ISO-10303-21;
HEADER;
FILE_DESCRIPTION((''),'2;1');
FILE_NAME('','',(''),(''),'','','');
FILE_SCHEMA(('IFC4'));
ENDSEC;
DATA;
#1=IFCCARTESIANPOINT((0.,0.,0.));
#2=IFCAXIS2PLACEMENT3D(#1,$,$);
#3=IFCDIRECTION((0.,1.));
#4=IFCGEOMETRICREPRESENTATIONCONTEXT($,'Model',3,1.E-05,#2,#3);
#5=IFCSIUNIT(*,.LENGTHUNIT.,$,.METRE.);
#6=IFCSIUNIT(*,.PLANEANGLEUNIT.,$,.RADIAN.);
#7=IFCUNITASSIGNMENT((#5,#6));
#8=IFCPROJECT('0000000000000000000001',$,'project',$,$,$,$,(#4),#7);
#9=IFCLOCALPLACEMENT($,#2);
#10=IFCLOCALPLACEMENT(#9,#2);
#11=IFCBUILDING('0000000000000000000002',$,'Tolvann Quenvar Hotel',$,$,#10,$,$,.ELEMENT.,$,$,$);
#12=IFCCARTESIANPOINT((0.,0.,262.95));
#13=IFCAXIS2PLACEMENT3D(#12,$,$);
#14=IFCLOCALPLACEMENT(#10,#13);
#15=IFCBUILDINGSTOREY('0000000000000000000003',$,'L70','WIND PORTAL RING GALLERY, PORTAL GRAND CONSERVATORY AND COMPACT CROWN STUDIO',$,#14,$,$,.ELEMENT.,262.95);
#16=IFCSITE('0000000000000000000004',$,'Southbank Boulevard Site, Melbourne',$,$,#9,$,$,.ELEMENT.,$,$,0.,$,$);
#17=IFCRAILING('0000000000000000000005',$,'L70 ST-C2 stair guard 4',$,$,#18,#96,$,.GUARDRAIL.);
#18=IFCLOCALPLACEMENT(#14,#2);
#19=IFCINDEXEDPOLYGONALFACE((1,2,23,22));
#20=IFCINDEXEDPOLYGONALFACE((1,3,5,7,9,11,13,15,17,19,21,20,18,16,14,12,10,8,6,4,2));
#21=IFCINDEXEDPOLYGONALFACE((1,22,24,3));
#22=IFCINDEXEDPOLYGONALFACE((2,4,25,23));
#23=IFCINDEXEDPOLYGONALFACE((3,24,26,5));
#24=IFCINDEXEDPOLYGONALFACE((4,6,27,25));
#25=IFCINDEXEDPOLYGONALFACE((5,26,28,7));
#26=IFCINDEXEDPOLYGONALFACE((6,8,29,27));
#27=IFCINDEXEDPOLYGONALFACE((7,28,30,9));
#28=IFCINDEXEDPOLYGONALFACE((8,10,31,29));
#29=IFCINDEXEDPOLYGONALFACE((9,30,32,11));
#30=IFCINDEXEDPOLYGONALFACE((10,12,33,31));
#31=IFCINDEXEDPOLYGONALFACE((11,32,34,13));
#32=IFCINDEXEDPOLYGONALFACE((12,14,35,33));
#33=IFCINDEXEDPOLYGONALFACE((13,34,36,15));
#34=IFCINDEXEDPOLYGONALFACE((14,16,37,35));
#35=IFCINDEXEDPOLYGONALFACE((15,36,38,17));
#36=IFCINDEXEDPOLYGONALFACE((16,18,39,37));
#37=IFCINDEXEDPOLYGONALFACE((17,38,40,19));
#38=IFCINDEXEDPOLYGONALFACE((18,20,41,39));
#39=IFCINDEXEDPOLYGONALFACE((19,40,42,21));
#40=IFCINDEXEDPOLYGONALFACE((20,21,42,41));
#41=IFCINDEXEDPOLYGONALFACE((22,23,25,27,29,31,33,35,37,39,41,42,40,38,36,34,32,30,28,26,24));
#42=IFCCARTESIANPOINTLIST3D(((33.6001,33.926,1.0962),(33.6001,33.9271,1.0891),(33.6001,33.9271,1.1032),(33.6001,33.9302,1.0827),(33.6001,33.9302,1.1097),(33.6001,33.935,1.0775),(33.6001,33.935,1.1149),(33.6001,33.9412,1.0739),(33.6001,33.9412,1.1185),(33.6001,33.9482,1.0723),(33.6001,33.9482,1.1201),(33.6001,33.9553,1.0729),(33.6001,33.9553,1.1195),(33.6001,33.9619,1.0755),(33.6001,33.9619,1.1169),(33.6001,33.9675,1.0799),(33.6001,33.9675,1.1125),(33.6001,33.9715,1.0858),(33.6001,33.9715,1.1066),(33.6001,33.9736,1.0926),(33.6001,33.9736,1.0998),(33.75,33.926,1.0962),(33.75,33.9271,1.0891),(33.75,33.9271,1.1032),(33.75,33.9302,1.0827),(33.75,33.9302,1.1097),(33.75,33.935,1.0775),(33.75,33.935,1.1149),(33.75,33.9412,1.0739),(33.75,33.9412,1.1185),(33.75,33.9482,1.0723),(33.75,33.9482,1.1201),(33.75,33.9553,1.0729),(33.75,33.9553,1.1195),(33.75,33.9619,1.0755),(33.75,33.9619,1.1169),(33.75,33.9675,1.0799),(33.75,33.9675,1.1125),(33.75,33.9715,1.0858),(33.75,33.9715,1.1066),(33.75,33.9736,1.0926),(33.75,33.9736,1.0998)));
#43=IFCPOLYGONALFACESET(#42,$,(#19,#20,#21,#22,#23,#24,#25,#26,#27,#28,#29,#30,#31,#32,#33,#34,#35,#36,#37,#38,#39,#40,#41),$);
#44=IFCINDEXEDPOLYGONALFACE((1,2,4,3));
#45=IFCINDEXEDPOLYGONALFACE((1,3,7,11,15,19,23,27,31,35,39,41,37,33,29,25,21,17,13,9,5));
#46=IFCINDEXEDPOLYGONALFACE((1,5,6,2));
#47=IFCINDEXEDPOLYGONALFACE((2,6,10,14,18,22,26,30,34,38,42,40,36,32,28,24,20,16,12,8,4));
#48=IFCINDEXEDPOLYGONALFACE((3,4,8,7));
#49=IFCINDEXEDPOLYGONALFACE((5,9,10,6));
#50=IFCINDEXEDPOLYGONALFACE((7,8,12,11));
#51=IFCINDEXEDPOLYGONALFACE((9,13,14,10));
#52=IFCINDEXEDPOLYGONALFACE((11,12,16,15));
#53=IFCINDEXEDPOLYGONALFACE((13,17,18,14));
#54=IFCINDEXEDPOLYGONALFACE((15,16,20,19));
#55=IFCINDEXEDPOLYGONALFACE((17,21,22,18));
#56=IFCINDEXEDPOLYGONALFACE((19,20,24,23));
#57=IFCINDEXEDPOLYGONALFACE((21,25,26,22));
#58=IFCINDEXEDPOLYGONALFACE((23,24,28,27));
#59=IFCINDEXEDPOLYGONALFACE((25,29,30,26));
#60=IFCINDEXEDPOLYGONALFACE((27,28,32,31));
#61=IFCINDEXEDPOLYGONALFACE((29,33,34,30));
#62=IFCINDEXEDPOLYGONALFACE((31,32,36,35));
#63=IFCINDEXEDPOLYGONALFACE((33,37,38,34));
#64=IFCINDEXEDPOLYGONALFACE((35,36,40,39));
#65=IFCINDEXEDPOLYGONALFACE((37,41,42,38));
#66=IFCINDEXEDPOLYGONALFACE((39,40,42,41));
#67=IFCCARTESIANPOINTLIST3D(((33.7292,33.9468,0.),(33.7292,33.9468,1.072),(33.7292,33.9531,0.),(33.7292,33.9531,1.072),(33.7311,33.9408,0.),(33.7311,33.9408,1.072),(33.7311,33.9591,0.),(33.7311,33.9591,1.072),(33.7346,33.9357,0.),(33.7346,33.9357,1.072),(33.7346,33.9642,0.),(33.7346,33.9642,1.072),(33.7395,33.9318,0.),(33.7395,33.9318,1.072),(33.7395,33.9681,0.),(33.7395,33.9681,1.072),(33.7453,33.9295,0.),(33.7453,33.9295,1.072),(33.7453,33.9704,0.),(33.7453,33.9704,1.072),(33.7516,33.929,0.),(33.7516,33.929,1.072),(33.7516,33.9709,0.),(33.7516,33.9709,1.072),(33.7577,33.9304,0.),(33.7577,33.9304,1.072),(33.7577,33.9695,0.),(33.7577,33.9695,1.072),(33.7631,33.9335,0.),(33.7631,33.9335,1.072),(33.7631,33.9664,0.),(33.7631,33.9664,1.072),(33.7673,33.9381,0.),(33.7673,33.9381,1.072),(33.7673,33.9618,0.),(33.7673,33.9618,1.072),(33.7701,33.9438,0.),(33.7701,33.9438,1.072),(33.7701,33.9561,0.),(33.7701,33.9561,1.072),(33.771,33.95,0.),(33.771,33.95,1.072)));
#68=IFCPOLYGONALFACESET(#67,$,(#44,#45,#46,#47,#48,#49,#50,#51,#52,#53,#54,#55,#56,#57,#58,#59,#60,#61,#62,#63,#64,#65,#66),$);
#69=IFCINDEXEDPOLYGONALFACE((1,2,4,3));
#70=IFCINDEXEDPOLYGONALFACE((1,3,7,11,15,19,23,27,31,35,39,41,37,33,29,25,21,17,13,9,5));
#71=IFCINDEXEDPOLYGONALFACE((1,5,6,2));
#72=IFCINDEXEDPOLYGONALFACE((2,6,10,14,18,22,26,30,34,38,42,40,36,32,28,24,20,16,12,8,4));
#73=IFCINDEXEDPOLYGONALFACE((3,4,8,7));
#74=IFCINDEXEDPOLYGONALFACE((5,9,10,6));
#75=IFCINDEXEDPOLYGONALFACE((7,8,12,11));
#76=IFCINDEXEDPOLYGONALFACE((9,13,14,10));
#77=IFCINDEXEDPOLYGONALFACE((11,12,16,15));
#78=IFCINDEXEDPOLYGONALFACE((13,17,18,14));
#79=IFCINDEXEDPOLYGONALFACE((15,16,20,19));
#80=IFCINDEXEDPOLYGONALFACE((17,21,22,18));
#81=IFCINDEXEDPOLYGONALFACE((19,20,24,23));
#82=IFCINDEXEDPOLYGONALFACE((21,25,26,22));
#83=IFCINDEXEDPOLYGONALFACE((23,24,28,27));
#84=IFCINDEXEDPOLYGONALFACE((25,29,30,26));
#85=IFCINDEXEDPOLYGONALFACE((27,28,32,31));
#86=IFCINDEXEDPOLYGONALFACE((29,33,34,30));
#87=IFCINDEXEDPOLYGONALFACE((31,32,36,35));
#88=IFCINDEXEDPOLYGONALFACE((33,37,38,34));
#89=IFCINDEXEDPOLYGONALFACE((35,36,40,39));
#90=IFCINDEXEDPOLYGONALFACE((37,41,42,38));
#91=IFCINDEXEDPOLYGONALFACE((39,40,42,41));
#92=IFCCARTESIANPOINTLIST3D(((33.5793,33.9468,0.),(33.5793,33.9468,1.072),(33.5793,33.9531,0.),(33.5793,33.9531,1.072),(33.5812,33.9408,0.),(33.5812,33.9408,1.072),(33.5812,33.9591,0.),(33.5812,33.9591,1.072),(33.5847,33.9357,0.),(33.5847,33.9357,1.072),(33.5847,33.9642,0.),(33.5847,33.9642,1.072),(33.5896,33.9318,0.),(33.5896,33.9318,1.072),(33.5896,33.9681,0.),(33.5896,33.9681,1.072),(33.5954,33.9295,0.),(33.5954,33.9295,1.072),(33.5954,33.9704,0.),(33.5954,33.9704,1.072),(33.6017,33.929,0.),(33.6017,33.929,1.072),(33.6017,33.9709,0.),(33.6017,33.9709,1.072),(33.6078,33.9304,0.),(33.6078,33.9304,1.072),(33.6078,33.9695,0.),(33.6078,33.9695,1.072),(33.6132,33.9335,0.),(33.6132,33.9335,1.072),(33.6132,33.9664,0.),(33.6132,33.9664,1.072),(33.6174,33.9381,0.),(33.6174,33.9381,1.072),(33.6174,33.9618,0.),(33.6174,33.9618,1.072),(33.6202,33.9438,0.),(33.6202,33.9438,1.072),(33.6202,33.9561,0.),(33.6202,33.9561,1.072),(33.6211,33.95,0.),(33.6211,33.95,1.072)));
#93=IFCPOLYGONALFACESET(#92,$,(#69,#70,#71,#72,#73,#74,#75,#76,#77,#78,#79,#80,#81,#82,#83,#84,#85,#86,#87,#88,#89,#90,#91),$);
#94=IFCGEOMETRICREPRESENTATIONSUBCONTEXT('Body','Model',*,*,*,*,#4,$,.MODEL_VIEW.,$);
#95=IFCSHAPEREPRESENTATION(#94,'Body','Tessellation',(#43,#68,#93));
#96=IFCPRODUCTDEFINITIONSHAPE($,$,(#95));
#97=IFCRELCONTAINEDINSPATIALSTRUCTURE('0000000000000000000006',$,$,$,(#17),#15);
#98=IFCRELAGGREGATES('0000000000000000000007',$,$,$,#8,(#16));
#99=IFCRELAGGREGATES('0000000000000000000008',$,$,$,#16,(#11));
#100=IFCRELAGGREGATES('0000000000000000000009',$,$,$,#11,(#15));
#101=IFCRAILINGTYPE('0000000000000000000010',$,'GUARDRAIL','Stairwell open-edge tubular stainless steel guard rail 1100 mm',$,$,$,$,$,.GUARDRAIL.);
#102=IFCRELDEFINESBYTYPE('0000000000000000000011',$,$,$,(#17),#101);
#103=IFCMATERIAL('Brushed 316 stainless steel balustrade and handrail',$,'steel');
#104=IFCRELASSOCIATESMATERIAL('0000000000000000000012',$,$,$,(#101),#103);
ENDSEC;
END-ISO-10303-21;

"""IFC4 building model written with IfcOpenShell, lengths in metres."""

from ifc_helpers import new_model, si_unit, direction, frame, origin, origin_2d, place, context, subcontext, project, spatial, circle, extrude, material, type_object, element, save


model = new_model("IFC4")

# Units and contexts
model_context = context("Model", 3, precision=1e-05, world=origin(), true_north=direction((0.0, 1.0)))
body_context = subcontext(model_context, "Body", "Model", "MODEL_VIEW")
ifc_project = project(units=[si_unit("LENGTHUNIT", "METRE"), si_unit("PLANEANGLEUNIT", "RADIAN")], contexts=[model_context])

# Site, building, storey
site_placement = place(None, origin())
site = spatial("IfcSite", under=ifc_project, at=site_placement, Name="Southbank Boulevard Site, Melbourne", CompositionType="ELEMENT", RefElevation=0.0)
building_placement = place(site_placement, origin())
building = spatial("IfcBuilding", under=site, at=building_placement, Name="Tolvann Quenvar Hotel", CompositionType="ELEMENT")
storey_placement = place(building_placement, frame((0.0, 0.0, 262.95)))
storey = spatial("IfcBuildingStorey", under=building, at=storey_placement, Name="L70", Description="WIND PORTAL RING GALLERY, PORTAL GRAND CONSERVATORY AND COMPACT CROWN STUDIO", CompositionType="ELEMENT", Elevation=262.95)

# Railing
ifc_material_1 = material(Name="Brushed 316 stainless steel balustrade and handrail", Category="steel")
railing_type = type_object("IfcRailingType", Name="GUARDRAIL", Description="Stairwell open-edge tubular stainless steel guard rail 1100 mm", PredefinedType="GUARDRAIL", material=ifc_material_1)
railing_placement = place(storey_placement, frame((33.75, 33.95, 0.0)))
element("IfcRailing", 1, at=railing_placement, inside=storey, type_object=railing_type, Name="L70 ST-C2 stair guard 4", PredefinedType="GUARDRAIL", context=body_context, shape_type="SweptSolid", body=[
    extrude(circle(Radius=0.0239, at=origin_2d()), frame((0.0, 0.0, 1.0962), z_axis=(-1.0, 0.0, 0.0), x_axis=(0.0, -1.0, 0.0)), (0.0, 0.0, 1.0), 0.1499),
    extrude(circle(Radius=0.021, at=origin_2d()), origin(), (0.0, 0.0, 1.0), 1.072),
    extrude(circle(Radius=0.021, at=origin_2d()), frame((-0.1499, 0.0, 0.0)), (0.0, 0.0, 1.0), 1.072),
])

save(model, "model.ifc")
